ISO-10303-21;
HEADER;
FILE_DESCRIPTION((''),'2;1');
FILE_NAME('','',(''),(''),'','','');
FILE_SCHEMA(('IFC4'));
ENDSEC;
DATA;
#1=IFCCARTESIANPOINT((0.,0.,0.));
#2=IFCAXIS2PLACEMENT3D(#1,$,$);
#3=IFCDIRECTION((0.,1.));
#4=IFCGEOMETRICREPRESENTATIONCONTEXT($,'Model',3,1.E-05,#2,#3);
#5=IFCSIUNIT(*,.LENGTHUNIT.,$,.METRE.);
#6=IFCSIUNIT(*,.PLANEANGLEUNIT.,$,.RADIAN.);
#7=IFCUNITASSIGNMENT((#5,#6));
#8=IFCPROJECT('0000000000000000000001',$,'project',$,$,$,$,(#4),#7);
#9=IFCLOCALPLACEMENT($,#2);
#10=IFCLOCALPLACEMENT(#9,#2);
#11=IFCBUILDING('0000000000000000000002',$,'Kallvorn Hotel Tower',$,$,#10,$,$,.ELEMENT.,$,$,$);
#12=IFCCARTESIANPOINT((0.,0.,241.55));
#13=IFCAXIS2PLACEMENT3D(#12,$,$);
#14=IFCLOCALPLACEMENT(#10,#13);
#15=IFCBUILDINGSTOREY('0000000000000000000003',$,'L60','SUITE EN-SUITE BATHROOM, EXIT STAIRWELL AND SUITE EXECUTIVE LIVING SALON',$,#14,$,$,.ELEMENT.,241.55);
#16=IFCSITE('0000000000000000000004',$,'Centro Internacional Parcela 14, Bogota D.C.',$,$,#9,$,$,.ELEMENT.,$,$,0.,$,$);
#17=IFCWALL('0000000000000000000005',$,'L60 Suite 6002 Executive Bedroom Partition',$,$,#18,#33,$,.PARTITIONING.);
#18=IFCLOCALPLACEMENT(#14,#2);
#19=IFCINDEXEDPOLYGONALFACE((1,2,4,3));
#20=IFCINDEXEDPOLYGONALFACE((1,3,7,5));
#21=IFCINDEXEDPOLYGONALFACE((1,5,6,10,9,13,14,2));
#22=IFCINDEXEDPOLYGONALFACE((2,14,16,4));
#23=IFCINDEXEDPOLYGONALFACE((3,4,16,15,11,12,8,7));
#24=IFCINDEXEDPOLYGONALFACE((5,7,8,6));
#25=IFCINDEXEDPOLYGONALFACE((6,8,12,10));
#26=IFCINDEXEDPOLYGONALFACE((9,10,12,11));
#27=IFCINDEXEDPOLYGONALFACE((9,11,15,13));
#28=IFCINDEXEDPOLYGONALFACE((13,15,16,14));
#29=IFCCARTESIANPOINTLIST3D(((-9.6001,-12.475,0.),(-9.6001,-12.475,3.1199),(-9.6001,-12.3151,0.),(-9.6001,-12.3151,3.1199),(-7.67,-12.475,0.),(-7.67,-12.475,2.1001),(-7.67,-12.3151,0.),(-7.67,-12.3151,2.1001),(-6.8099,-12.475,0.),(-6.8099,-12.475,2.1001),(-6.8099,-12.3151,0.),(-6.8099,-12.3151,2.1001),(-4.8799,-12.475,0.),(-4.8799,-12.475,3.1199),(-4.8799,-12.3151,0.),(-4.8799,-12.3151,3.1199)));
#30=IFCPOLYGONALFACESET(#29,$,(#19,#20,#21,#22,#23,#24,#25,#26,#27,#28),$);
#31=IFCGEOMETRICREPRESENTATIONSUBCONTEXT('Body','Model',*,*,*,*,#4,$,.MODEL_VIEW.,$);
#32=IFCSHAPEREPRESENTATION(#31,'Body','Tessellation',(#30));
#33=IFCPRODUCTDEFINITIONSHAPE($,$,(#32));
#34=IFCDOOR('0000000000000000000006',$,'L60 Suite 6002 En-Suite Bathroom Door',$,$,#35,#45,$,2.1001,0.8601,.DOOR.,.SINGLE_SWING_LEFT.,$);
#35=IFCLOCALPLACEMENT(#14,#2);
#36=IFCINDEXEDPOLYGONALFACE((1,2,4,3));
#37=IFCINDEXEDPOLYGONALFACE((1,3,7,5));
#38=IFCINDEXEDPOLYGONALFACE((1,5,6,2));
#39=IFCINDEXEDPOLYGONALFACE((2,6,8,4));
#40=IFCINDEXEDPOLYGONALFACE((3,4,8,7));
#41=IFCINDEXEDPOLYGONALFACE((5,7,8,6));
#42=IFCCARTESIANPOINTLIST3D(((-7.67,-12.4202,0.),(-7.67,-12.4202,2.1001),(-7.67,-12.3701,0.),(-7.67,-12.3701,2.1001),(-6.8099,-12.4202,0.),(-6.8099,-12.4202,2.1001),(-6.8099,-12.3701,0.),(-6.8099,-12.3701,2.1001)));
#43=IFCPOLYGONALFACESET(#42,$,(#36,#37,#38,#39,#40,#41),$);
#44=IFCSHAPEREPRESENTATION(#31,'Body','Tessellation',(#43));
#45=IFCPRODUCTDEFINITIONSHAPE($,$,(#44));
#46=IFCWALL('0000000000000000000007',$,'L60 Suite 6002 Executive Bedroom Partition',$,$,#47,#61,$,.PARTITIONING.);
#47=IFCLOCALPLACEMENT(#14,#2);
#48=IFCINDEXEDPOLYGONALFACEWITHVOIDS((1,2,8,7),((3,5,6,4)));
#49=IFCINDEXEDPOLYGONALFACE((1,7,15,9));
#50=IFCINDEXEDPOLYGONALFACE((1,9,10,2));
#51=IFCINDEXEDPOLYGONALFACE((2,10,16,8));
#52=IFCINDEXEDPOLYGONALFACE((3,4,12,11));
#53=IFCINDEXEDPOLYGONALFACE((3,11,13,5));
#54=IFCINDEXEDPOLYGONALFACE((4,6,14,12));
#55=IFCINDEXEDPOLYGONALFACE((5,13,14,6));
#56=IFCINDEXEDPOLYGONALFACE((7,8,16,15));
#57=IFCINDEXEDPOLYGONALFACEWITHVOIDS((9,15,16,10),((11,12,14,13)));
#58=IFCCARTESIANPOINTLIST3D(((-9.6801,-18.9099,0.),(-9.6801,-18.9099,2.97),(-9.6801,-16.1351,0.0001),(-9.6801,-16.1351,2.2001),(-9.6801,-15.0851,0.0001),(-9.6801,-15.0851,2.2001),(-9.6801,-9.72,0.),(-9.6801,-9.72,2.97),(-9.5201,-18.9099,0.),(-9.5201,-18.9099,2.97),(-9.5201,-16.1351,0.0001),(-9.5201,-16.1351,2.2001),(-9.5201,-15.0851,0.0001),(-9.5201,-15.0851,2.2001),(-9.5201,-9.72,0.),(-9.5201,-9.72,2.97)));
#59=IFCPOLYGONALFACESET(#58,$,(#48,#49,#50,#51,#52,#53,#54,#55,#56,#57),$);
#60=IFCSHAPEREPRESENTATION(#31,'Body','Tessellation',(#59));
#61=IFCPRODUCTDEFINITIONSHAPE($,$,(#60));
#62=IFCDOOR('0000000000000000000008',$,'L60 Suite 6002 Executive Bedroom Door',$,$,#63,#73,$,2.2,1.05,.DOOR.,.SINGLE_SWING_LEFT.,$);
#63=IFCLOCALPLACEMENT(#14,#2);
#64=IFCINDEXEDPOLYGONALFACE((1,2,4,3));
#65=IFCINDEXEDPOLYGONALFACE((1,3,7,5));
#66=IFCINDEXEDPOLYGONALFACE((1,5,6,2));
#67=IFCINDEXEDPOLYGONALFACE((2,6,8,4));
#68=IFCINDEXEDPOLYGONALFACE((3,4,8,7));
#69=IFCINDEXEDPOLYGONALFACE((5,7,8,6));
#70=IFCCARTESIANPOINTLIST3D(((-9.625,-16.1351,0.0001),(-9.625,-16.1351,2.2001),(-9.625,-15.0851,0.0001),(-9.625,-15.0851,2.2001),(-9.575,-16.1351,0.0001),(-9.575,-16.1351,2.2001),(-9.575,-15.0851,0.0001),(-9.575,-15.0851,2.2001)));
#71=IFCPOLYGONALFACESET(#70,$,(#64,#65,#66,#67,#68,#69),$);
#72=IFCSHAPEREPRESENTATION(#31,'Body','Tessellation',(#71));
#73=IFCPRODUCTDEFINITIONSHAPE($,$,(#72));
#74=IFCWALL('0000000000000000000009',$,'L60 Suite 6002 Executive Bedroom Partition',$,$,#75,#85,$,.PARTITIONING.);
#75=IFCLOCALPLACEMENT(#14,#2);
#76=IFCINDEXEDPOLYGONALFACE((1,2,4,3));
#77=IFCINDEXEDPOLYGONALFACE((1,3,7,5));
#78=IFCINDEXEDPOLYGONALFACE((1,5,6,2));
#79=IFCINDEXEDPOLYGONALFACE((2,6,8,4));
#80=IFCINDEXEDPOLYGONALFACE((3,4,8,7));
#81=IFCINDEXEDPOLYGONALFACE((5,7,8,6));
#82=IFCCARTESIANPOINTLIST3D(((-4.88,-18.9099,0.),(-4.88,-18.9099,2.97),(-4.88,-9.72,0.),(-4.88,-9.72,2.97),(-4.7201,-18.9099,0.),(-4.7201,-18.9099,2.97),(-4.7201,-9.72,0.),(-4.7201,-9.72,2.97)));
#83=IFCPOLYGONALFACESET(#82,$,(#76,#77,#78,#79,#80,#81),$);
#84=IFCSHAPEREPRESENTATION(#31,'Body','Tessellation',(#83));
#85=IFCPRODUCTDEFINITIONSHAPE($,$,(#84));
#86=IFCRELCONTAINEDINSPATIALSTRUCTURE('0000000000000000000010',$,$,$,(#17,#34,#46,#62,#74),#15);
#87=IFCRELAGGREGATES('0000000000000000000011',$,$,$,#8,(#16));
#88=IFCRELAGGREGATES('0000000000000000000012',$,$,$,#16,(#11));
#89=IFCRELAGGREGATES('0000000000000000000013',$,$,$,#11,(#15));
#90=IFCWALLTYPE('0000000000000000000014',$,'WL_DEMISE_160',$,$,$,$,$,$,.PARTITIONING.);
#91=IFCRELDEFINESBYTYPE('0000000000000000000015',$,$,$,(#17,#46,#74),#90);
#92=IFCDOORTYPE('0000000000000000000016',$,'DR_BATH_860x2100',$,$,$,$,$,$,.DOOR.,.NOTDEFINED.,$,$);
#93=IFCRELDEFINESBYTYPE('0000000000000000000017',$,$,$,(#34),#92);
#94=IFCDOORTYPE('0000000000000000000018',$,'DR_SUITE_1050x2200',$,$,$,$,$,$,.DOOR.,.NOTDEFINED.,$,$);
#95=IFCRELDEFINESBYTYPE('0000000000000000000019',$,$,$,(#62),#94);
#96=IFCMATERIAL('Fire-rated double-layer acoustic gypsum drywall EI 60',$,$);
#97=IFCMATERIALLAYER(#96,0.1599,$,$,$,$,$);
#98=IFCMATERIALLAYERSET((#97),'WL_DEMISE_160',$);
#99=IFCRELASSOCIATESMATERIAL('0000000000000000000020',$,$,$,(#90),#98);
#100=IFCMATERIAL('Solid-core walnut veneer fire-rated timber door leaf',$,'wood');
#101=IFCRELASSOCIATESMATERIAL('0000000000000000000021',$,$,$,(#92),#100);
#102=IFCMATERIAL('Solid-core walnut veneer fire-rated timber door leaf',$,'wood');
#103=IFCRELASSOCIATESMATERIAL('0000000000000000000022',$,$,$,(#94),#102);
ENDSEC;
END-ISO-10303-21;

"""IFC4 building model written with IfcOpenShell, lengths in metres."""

from ifc_helpers import new_model, si_unit, direction, frame, frame_2d, origin, place, context, subcontext, project, spatial, rectangle, extrude, material, layer, layer_set, type_object, element, fill, save


model = new_model("IFC4")

# Units and contexts
model_context = context("Model", 3, precision=1e-05, world=origin(), true_north=direction((0.0, 1.0)))
body_context = subcontext(model_context, "Body", "Model", "MODEL_VIEW")
ifc_project = project(units=[si_unit("LENGTHUNIT", "METRE"), si_unit("PLANEANGLEUNIT", "RADIAN")], contexts=[model_context])

# Site, building, storey
site_placement = place(None, origin())
site = spatial("IfcSite", under=ifc_project, at=site_placement, Name="Centro Internacional Parcela 14, Bogota D.C.", CompositionType="ELEMENT", RefElevation=0.0)
building_placement = place(site_placement, origin())
building = spatial("IfcBuilding", under=site, at=building_placement, Name="Kallvorn Hotel Tower", CompositionType="ELEMENT")
storey_placement = place(building_placement, frame((0.0, 0.0, 241.55)))
storey = spatial("IfcBuildingStorey", under=building, at=storey_placement, Name="L60", Description="SUITE EN-SUITE BATHROOM, EXIT STAIRWELL AND SUITE EXECUTIVE LIVING SALON", CompositionType="ELEMENT", Elevation=241.55)

# Walls, openings, doors
ifc_material_1 = material(Name="Fire-rated double-layer acoustic gypsum drywall EI 60")
ifc_layer_1 = layer(ifc_material_1, 0.1599)
ifc_layer_set_1 = layer_set([ifc_layer_1], Name="WL_DEMISE_160")
wall_type_1 = type_object("IfcWallType", Name="WL_DEMISE_160", PredefinedType="PARTITIONING", material=ifc_layer_set_1)
wall_1_placement = place(storey_placement, frame((-9.6001, -12.395, 0.0), z_axis=(0.0, 0.0, 1.0), x_axis=(1.0, 0.0, 0.0)))
wall_1 = element("IfcWall", 1, at=wall_1_placement, inside=storey, type_object=wall_type_1, Name="L60 Suite 6002 Executive Bedroom Partition", PredefinedType="PARTITIONING", context=body_context, shape_type="SweptSolid", body=[
    extrude(rectangle(XDim=4.7202, YDim=0.1599, at=frame_2d((2.3601, 0.0))), origin(), (0.0, 0.0, 1.0), 3.1199),
])
opening_1_placement = place(wall_1_placement, frame((1.9299, 0.0, 0.0)))
opening_1 = element("IfcOpeningElement", 2, at=opening_1_placement, cuts=wall_1, PredefinedType="OPENING", context=body_context, shape_type="SweptSolid", body=[
    extrude(rectangle(XDim=0.8601, YDim=2.1001, at=frame_2d((0.4302, 1.05))), frame((0.0, 0.095, 0.0), z_axis=(0.0, -1.0, 0.0), x_axis=(1.0, 0.0, 0.0)), (0.0, 0.0, 1.0), 0.1899),
])
ifc_material_2 = material(Name="Solid-core walnut veneer fire-rated timber door leaf", Category="wood")
door_type_1 = type_object("IfcDoorType", Name="DR_BATH_860x2100", OperationType="NOTDEFINED", PredefinedType="DOOR", material=ifc_material_2)
door_1_placement = place(opening_1_placement, origin())
door_1 = element("IfcDoor", 3, at=door_1_placement, inside=storey, type_object=door_type_1, Name="L60 Suite 6002 En-Suite Bathroom Door", OperationType="SINGLE_SWING_LEFT", OverallHeight=2.1001, OverallWidth=0.8601, PredefinedType="DOOR", context=body_context, shape_type="SweptSolid", body=[
    extrude(rectangle(XDim=0.8601, YDim=2.1001, at=frame_2d((0.4302, 1.05))), frame((0.0, 0.0249, 0.0), z_axis=(0.0, -1.0, 0.0), x_axis=(1.0, 0.0, 0.0)), (0.0, 0.0, 1.0), 0.05),
])
fill(opening_1, door_1)
wall_2_placement = place(storey_placement, frame((-9.6001, -18.9099, 0.0), z_axis=(0.0, 0.0, 1.0), x_axis=(0.0, 1.0, 0.0)))
wall_2 = element("IfcWall", 4, at=wall_2_placement, inside=storey, type_object=wall_type_1, Name="L60 Suite 6002 Executive Bedroom Partition", PredefinedType="PARTITIONING", context=body_context, shape_type="SweptSolid", body=[
    extrude(rectangle(XDim=9.1899, YDim=0.1599, at=frame_2d((4.595, 0.0))), origin(), (0.0, 0.0, 1.0), 2.97),
])
opening_2_placement = place(wall_2_placement, frame((2.7749, 0.0, 0.0)))
opening_2 = element("IfcOpeningElement", 5, at=opening_2_placement, cuts=wall_2, PredefinedType="OPENING", context=body_context, shape_type="SweptSolid", body=[
    extrude(rectangle(XDim=1.05, YDim=2.2, at=frame_2d((0.5249, 1.1001))), frame((0.0, 0.095, 0.0), z_axis=(0.0, -1.0, 0.0), x_axis=(1.0, 0.0, 0.0)), (0.0, 0.0, 1.0), 0.1899),
])
ifc_material_3 = material(Name="Solid-core walnut veneer fire-rated timber door leaf", Category="wood")
door_type_2 = type_object("IfcDoorType", Name="DR_SUITE_1050x2200", OperationType="NOTDEFINED", PredefinedType="DOOR", material=ifc_material_3)
door_2_placement = place(opening_2_placement, origin())
door_2 = element("IfcDoor", 6, at=door_2_placement, inside=storey, type_object=door_type_2, Name="L60 Suite 6002 Executive Bedroom Door", OperationType="SINGLE_SWING_LEFT", OverallHeight=2.2, OverallWidth=1.05, PredefinedType="DOOR", context=body_context, shape_type="SweptSolid", body=[
    extrude(rectangle(XDim=1.05, YDim=2.2, at=frame_2d((0.5249, 1.1001))), frame((0.0, 0.0249, 0.0), z_axis=(0.0, -1.0, 0.0), x_axis=(1.0, 0.0, 0.0)), (0.0, 0.0, 1.0), 0.05),
])
fill(opening_2, door_2)

# Wall
wall_3_placement = place(storey_placement, frame((-4.8, -18.9099, 0.0), z_axis=(0.0, 0.0, 1.0), x_axis=(0.0, 1.0, 0.0)))
element("IfcWall", 7, at=wall_3_placement, inside=storey, type_object=wall_type_1, Name="L60 Suite 6002 Executive Bedroom Partition", PredefinedType="PARTITIONING", context=body_context, shape_type="SweptSolid", body=[
    extrude(rectangle(XDim=9.1899, YDim=0.1599, at=frame_2d((4.595, 0.0))), origin(), (0.0, 0.0, 1.0), 2.97),
])

save(model, "model.ifc")
